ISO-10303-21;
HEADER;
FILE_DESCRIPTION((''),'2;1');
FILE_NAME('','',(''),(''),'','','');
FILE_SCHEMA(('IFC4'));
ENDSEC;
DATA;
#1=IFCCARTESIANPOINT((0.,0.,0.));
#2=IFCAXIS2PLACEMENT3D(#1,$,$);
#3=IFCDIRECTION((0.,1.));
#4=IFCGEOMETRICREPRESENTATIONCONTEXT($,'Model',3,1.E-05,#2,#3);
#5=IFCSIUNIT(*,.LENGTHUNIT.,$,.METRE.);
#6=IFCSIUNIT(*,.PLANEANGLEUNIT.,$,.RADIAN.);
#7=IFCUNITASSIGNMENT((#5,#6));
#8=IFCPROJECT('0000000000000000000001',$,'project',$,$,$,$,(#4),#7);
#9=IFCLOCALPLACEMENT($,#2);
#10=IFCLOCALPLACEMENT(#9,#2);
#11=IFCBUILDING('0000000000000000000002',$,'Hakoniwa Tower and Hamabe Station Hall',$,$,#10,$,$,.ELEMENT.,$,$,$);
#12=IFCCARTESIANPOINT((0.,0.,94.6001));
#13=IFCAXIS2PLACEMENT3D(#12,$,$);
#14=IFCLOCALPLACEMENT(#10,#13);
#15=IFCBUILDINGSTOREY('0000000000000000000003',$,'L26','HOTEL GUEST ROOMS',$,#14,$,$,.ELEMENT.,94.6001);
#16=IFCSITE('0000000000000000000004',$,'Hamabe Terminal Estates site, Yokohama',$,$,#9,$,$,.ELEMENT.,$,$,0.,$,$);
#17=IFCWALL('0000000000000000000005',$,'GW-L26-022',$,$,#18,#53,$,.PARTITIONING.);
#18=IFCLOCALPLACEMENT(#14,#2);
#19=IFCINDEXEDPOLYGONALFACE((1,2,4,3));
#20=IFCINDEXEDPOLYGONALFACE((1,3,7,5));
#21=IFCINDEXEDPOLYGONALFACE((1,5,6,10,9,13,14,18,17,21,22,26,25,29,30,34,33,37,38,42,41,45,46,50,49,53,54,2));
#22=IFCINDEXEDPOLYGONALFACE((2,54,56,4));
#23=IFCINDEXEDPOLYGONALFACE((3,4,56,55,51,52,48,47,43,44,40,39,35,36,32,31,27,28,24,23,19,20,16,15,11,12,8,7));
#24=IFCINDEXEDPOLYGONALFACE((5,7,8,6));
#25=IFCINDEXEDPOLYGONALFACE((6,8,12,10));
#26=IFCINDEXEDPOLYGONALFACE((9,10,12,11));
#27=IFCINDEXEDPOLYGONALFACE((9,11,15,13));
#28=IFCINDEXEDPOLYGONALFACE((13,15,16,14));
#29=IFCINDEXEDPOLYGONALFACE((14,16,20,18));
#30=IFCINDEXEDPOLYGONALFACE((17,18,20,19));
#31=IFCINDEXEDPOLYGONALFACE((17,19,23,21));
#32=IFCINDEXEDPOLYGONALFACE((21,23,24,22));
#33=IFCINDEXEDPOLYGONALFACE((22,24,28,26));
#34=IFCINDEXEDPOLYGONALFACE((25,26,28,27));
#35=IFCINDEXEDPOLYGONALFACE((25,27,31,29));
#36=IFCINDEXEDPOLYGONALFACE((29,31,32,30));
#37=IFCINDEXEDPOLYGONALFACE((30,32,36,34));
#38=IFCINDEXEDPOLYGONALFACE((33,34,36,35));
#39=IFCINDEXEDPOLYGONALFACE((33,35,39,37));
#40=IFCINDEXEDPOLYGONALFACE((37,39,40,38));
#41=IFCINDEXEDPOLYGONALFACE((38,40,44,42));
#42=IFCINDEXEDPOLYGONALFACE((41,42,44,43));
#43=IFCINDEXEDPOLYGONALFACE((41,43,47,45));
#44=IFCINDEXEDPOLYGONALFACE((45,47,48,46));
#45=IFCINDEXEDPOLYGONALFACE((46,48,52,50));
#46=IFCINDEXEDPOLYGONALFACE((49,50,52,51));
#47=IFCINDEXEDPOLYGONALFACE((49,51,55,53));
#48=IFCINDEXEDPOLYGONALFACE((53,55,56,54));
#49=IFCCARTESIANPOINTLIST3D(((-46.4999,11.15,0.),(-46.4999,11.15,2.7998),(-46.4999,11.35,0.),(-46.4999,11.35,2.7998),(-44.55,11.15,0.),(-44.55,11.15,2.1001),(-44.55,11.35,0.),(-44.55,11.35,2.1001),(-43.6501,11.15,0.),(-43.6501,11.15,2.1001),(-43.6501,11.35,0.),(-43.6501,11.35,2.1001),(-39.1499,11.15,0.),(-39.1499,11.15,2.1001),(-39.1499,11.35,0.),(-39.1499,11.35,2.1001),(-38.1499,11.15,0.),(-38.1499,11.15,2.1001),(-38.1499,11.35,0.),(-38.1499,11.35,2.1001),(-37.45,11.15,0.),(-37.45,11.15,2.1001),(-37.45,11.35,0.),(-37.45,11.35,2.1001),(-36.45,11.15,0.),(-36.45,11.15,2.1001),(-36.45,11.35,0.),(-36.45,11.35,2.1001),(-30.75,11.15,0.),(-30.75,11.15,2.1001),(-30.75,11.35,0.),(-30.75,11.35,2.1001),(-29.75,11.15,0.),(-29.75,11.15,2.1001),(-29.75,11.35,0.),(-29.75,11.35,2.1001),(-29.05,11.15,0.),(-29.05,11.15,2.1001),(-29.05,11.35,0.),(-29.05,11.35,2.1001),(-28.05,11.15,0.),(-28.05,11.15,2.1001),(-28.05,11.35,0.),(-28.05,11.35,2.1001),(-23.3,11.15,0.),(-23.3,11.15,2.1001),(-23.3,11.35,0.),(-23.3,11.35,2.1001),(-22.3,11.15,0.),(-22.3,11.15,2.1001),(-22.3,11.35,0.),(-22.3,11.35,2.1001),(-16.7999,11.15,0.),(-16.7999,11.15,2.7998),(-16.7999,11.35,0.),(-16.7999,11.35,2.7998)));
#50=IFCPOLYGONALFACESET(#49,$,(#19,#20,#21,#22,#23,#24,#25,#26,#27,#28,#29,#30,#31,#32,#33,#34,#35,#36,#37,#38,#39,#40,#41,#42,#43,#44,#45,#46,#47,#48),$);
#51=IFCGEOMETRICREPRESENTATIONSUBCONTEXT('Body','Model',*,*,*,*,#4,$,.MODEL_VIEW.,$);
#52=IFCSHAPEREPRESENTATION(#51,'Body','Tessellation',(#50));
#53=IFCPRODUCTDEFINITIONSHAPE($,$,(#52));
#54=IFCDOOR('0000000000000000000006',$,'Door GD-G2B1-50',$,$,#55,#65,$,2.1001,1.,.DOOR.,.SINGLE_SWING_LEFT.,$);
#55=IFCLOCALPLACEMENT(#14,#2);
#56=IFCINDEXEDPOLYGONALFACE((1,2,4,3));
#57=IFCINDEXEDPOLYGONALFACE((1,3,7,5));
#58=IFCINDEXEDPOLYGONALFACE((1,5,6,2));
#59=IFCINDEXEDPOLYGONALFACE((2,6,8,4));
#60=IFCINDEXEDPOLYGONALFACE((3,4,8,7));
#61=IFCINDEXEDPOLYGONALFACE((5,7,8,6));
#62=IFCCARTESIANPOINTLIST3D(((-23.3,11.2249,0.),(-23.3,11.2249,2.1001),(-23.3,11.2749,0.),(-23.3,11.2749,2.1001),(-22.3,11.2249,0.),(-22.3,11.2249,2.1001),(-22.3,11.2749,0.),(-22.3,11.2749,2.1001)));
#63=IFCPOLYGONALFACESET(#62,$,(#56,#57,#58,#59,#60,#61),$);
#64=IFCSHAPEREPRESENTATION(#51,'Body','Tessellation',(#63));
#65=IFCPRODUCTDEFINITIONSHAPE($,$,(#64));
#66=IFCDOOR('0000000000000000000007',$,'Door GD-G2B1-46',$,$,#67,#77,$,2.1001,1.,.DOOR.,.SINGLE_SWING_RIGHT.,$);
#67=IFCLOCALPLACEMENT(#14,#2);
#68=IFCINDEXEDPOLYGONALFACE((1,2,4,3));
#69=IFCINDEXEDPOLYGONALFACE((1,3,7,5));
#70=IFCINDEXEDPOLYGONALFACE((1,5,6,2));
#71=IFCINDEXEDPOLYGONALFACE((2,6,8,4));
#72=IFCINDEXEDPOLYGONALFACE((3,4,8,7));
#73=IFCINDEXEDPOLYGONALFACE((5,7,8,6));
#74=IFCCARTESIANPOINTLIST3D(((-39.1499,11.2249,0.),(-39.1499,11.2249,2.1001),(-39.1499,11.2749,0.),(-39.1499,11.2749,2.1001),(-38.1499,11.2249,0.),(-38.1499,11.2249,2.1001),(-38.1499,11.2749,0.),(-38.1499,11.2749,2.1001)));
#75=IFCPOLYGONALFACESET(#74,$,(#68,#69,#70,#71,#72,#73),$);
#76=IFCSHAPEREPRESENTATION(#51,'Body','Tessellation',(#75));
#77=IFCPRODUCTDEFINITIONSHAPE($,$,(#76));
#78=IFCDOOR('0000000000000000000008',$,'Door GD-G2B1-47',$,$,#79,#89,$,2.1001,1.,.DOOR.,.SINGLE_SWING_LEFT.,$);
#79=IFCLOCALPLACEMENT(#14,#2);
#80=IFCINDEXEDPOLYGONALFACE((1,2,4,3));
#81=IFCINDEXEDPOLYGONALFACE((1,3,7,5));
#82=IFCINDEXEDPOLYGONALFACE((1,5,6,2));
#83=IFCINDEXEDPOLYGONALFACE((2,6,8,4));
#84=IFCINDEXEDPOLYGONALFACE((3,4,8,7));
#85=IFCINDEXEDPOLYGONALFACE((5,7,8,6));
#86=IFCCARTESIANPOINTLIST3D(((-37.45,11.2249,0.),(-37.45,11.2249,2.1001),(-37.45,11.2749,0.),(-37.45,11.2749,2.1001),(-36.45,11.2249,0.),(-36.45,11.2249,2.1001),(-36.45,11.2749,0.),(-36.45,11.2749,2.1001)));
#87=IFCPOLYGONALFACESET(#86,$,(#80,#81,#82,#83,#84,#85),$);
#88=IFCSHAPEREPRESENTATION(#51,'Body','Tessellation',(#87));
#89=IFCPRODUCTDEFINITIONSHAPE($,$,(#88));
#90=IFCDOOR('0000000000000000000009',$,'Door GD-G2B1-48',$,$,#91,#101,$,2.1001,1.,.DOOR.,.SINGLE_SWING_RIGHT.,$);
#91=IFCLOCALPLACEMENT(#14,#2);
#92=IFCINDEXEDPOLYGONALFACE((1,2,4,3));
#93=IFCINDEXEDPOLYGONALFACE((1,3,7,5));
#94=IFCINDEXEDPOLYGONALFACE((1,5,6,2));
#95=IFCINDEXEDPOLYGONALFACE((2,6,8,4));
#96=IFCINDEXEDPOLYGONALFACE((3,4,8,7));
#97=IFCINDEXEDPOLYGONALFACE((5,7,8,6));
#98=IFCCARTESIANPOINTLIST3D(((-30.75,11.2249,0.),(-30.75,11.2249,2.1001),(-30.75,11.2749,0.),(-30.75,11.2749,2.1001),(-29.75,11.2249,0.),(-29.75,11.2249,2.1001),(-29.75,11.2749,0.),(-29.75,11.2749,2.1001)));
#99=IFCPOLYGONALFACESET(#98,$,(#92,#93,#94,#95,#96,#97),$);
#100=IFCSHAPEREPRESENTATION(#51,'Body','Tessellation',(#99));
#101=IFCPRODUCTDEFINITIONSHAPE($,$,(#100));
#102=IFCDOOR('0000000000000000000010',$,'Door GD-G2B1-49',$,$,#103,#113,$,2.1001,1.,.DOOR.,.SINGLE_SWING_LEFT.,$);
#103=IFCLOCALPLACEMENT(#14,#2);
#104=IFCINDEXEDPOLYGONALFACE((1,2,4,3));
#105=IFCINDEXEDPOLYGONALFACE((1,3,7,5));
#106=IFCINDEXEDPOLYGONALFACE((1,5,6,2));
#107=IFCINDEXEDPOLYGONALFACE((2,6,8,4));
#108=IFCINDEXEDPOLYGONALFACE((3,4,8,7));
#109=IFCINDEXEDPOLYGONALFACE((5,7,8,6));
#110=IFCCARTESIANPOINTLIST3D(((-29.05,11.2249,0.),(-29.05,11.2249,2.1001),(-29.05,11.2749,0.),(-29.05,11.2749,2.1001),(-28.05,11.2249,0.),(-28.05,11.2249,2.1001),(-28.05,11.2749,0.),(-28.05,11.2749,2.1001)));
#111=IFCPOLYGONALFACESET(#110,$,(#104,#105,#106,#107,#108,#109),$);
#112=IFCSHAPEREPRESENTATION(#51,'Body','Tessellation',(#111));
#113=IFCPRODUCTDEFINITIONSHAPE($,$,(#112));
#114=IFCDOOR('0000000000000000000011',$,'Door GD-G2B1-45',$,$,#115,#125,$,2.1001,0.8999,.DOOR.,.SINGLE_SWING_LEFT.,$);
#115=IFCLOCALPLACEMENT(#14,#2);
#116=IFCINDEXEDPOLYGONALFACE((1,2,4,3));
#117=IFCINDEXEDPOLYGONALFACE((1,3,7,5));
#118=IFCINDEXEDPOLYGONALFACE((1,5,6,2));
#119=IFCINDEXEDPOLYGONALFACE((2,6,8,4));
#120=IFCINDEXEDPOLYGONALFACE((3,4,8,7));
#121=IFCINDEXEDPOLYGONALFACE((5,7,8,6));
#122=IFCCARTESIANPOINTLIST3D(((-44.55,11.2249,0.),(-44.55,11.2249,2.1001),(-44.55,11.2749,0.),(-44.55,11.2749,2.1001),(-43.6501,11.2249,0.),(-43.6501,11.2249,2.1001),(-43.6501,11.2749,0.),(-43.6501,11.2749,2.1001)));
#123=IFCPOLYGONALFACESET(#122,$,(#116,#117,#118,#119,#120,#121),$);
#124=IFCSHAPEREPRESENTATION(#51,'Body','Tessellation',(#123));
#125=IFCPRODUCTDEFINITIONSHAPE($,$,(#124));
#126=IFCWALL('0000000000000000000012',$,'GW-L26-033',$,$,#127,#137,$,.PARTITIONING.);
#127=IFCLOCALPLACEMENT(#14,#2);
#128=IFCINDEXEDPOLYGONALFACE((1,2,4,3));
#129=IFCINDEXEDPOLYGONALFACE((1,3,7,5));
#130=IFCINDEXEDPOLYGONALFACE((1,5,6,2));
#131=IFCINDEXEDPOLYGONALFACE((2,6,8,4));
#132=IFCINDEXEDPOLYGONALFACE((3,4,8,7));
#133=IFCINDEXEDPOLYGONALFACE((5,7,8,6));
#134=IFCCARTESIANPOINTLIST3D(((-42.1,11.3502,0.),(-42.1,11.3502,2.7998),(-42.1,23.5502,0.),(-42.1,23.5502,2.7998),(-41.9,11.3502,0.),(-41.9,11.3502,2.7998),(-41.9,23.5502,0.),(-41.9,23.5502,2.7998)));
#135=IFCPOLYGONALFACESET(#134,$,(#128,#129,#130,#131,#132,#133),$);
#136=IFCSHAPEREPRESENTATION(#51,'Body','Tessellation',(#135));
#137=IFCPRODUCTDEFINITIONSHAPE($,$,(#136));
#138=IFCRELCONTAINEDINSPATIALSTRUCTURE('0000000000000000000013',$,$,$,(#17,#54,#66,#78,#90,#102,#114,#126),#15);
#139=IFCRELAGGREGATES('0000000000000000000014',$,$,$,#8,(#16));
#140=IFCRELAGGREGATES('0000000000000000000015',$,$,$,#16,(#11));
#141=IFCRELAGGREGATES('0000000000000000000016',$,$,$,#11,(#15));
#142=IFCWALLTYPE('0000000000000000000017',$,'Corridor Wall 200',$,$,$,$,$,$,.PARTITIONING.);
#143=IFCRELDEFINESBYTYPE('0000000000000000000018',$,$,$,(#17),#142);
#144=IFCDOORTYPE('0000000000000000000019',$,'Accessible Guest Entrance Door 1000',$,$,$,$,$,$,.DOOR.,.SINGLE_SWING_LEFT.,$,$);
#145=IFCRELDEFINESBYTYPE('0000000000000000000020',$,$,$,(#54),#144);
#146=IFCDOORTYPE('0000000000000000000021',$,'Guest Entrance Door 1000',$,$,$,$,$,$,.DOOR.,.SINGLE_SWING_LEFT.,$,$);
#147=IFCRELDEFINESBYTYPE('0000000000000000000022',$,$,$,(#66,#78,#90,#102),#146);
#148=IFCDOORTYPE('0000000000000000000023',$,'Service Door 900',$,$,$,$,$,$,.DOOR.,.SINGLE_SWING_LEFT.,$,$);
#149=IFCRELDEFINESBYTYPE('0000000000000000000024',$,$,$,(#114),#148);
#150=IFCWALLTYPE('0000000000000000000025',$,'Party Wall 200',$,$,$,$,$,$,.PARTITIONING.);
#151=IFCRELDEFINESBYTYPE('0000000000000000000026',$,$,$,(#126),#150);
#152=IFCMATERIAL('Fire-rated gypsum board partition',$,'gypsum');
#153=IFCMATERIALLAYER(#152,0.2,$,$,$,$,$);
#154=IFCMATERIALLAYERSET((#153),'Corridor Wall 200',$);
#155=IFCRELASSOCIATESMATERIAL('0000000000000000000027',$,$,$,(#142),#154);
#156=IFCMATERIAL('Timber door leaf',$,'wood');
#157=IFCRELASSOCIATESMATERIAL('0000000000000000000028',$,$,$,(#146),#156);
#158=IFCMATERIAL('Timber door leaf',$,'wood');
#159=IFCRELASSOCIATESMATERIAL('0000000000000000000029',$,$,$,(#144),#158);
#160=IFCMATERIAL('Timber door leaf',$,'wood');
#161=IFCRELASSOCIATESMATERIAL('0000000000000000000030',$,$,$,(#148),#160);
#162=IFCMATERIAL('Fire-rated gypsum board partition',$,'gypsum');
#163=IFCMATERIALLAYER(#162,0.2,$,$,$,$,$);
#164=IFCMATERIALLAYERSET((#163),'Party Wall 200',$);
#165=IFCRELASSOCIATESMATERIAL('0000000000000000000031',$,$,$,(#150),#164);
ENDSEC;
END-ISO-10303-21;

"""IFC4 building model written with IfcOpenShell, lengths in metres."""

from ifc_helpers import new_model, si_unit, direction, frame, frame_2d, origin, place, context, subcontext, project, spatial, rectangle, extrude, material, layer, layer_set, type_object, element, fill, save


model = new_model("IFC4")

# Units and contexts
model_context = context("Model", 3, precision=1e-05, world=origin(), true_north=direction((0.0, 1.0)))
body_context = subcontext(model_context, "Body", "Model", "MODEL_VIEW")
ifc_project = project(units=[si_unit("LENGTHUNIT", "METRE"), si_unit("PLANEANGLEUNIT", "RADIAN")], contexts=[model_context])

# Site, building, storey
site_placement = place(None, origin())
site = spatial("IfcSite", under=ifc_project, at=site_placement, Name="Hamabe Terminal Estates site, Yokohama", CompositionType="ELEMENT", RefElevation=0.0)
building_placement = place(site_placement, origin())
building = spatial("IfcBuilding", under=site, at=building_placement, Name="Hakoniwa Tower and Hamabe Station Hall", CompositionType="ELEMENT")
storey_placement = place(building_placement, frame((0.0, 0.0, 94.6001)))
storey = spatial("IfcBuildingStorey", under=building, at=storey_placement, Name="L26", Description="HOTEL GUEST ROOMS", CompositionType="ELEMENT", Elevation=94.6001)

# Shared definitions
ifc_material_1 = material(Name="Fire-rated gypsum board partition", Category="gypsum")
ifc_layer_1 = layer(ifc_material_1, 0.2)
ifc_layer_set_1 = layer_set([ifc_layer_1], Name="Corridor Wall 200")
wall_type_1 = type_object("IfcWallType", Name="Corridor Wall 200", PredefinedType="PARTITIONING", material=ifc_layer_set_1)
ifc_material_2 = material(Name="Timber door leaf", Category="wood")
door_type_1 = type_object("IfcDoorType", Name="Guest Entrance Door 1000", OperationType="SINGLE_SWING_LEFT", PredefinedType="DOOR", material=ifc_material_2)

# Wall, openings, doors
wall_1_placement = place(storey_placement, frame((-46.5, 11.25, 0.0), z_axis=(0.0, 0.0, 1.0), x_axis=(1.0, 0.0, 0.0)))
wall_1 = element("IfcWall", 1, at=wall_1_placement, inside=storey, type_object=wall_type_1, Name="GW-L26-022", PredefinedType="PARTITIONING", context=body_context, shape_type="SweptSolid", body=[
    extrude(rectangle(XDim=29.7, YDim=0.2, at=frame_2d((14.8501, 0.0))), origin(), (0.0, 0.0, 1.0), 2.7998),
])
opening_1_placement = place(wall_1_placement, frame((1.95, 0.0, 0.0)))
opening_1 = element("IfcOpeningElement", 2, at=opening_1_placement, cuts=wall_1, PredefinedType="OPENING", context=body_context, shape_type="SweptSolid", body=[
    extrude(rectangle(XDim=0.8999, YDim=2.1001, at=frame_2d((0.45, 1.05))), frame((0.0, 0.1099, 0.0), z_axis=(0.0, -1.0, 0.0), x_axis=(1.0, 0.0, 0.0)), (0.0, 0.0, 1.0), 0.22),
])
opening_2_placement = place(wall_1_placement, frame((7.3501, 0.0, 0.0)))
opening_2 = element("IfcOpeningElement", 3, at=opening_2_placement, cuts=wall_1, PredefinedType="OPENING", context=body_context, shape_type="SweptSolid", body=[
    extrude(rectangle(XDim=1.0, YDim=2.1001, at=frame_2d((0.5, 1.05))), frame((0.0, 0.1099, 0.0), z_axis=(0.0, -1.0, 0.0), x_axis=(1.0, 0.0, 0.0)), (0.0, 0.0, 1.0), 0.22),
])
opening_3_placement = place(wall_1_placement, frame((9.05, 0.0, 0.0)))
opening_3 = element("IfcOpeningElement", 4, at=opening_3_placement, cuts=wall_1, PredefinedType="OPENING", context=body_context, shape_type="SweptSolid", body=[
    extrude(rectangle(XDim=1.0, YDim=2.1001, at=frame_2d((0.5, 1.05))), frame((0.0, 0.1099, 0.0), z_axis=(0.0, -1.0, 0.0), x_axis=(1.0, 0.0, 0.0)), (0.0, 0.0, 1.0), 0.22),
])
opening_4_placement = place(wall_1_placement, frame((15.75, 0.0, 0.0)))
opening_4 = element("IfcOpeningElement", 5, at=opening_4_placement, cuts=wall_1, PredefinedType="OPENING", context=body_context, shape_type="SweptSolid", body=[
    extrude(rectangle(XDim=1.0, YDim=2.1001, at=frame_2d((0.5, 1.05))), frame((0.0, 0.1099, 0.0), z_axis=(0.0, -1.0, 0.0), x_axis=(1.0, 0.0, 0.0)), (0.0, 0.0, 1.0), 0.22),
])
opening_5_placement = place(wall_1_placement, frame((17.45, 0.0, 0.0)))
opening_5 = element("IfcOpeningElement", 6, at=opening_5_placement, cuts=wall_1, PredefinedType="OPENING", context=body_context, shape_type="SweptSolid", body=[
    extrude(rectangle(XDim=1.0, YDim=2.1001, at=frame_2d((0.5, 1.05))), frame((0.0, 0.1099, 0.0), z_axis=(0.0, -1.0, 0.0), x_axis=(1.0, 0.0, 0.0)), (0.0, 0.0, 1.0), 0.22),
])
opening_6_placement = place(wall_1_placement, frame((23.2, 0.0, 0.0)))
opening_6 = element("IfcOpeningElement", 7, at=opening_6_placement, cuts=wall_1, PredefinedType="OPENING", context=body_context, shape_type="SweptSolid", body=[
    extrude(rectangle(XDim=1.0, YDim=2.1001, at=frame_2d((0.5, 1.05))), frame((0.0, 0.1099, 0.0), z_axis=(0.0, -1.0, 0.0), x_axis=(1.0, 0.0, 0.0)), (0.0, 0.0, 1.0), 0.22),
])
ifc_material_3 = material(Name="Timber door leaf", Category="wood")
door_type_2 = type_object("IfcDoorType", Name="Accessible Guest Entrance Door 1000", OperationType="SINGLE_SWING_LEFT", PredefinedType="DOOR", material=ifc_material_3)
door_1_placement = place(opening_6_placement, origin())
door_1 = element("IfcDoor", 8, at=door_1_placement, inside=storey, type_object=door_type_2, Name="Door GD-G2B1-50", OperationType="SINGLE_SWING_LEFT", OverallHeight=2.1001, OverallWidth=1.0, PredefinedType="DOOR", context=body_context, shape_type="SweptSolid", body=[
    extrude(rectangle(XDim=1.0, YDim=2.1001, at=frame_2d((0.5, 1.05))), frame((0.0, 0.0249, 0.0), z_axis=(0.0, -1.0, 0.0), x_axis=(1.0, 0.0, 0.0)), (0.0, 0.0, 1.0), 0.05),
])
fill(opening_6, door_1)
door_2_placement = place(opening_2_placement, origin())
door_2 = element("IfcDoor", 9, at=door_2_placement, inside=storey, type_object=door_type_1, Name="Door GD-G2B1-46", OperationType="SINGLE_SWING_RIGHT", OverallHeight=2.1001, OverallWidth=1.0, PredefinedType="DOOR", context=body_context, shape_type="SweptSolid", body=[
    extrude(rectangle(XDim=1.0, YDim=2.1001, at=frame_2d((0.5, 1.05))), frame((0.0, 0.0249, 0.0), z_axis=(0.0, -1.0, 0.0), x_axis=(1.0, 0.0, 0.0)), (0.0, 0.0, 1.0), 0.05),
])
fill(opening_2, door_2)
door_3_placement = place(opening_3_placement, origin())
door_3 = element("IfcDoor", 10, at=door_3_placement, inside=storey, type_object=door_type_1, Name="Door GD-G2B1-47", OperationType="SINGLE_SWING_LEFT", OverallHeight=2.1001, OverallWidth=1.0, PredefinedType="DOOR", context=body_context, shape_type="SweptSolid", body=[
    extrude(rectangle(XDim=1.0, YDim=2.1001, at=frame_2d((0.5, 1.05))), frame((0.0, 0.0249, 0.0), z_axis=(0.0, -1.0, 0.0), x_axis=(1.0, 0.0, 0.0)), (0.0, 0.0, 1.0), 0.05),
])
fill(opening_3, door_3)
door_4_placement = place(opening_4_placement, origin())
door_4 = element("IfcDoor", 11, at=door_4_placement, inside=storey, type_object=door_type_1, Name="Door GD-G2B1-48", OperationType="SINGLE_SWING_RIGHT", OverallHeight=2.1001, OverallWidth=1.0, PredefinedType="DOOR", context=body_context, shape_type="SweptSolid", body=[
    extrude(rectangle(XDim=1.0, YDim=2.1001, at=frame_2d((0.5, 1.05))), frame((0.0, 0.0249, 0.0), z_axis=(0.0, -1.0, 0.0), x_axis=(1.0, 0.0, 0.0)), (0.0, 0.0, 1.0), 0.05),
])
fill(opening_4, door_4)
door_5_placement = place(opening_5_placement, origin())
door_5 = element("IfcDoor", 12, at=door_5_placement, inside=storey, type_object=door_type_1, Name="Door GD-G2B1-49", OperationType="SINGLE_SWING_LEFT", OverallHeight=2.1001, OverallWidth=1.0, PredefinedType="DOOR", context=body_context, shape_type="SweptSolid", body=[
    extrude(rectangle(XDim=1.0, YDim=2.1001, at=frame_2d((0.5, 1.05))), frame((0.0, 0.0249, 0.0), z_axis=(0.0, -1.0, 0.0), x_axis=(1.0, 0.0, 0.0)), (0.0, 0.0, 1.0), 0.05),
])
fill(opening_5, door_5)
ifc_material_4 = material(Name="Timber door leaf", Category="wood")
door_type_3 = type_object("IfcDoorType", Name="Service Door 900", OperationType="SINGLE_SWING_LEFT", PredefinedType="DOOR", material=ifc_material_4)
door_6_placement = place(opening_1_placement, origin())
door_6 = element("IfcDoor", 13, at=door_6_placement, inside=storey, type_object=door_type_3, Name="Door GD-G2B1-45", OperationType="SINGLE_SWING_LEFT", OverallHeight=2.1001, OverallWidth=0.8999, PredefinedType="DOOR", context=body_context, shape_type="SweptSolid", body=[
    extrude(rectangle(XDim=0.8999, YDim=2.1001, at=frame_2d((0.45, 1.05))), frame((0.0, 0.0249, 0.0), z_axis=(0.0, -1.0, 0.0), x_axis=(1.0, 0.0, 0.0)), (0.0, 0.0, 1.0), 0.05),
])
fill(opening_1, door_6)

# Wall
ifc_material_5 = material(Name="Fire-rated gypsum board partition", Category="gypsum")
ifc_layer_2 = layer(ifc_material_5, 0.2)
ifc_layer_set_2 = layer_set([ifc_layer_2], Name="Party Wall 200")
wall_type_2 = type_object("IfcWallType", Name="Party Wall 200", PredefinedType="PARTITIONING", material=ifc_layer_set_2)
wall_2_placement = place(storey_placement, frame((-42.0, 11.3501, 0.0), z_axis=(0.0, 0.0, 1.0), x_axis=(0.0, 1.0, 0.0)))
element("IfcWall", 14, at=wall_2_placement, inside=storey, type_object=wall_type_2, Name="GW-L26-033", PredefinedType="PARTITIONING", context=body_context, shape_type="SweptSolid", body=[
    extrude(rectangle(XDim=12.2, YDim=0.2, at=frame_2d((6.1001, 0.0))), origin(), (0.0, 0.0, 1.0), 2.7998),
])

save(model, "model.ifc")
